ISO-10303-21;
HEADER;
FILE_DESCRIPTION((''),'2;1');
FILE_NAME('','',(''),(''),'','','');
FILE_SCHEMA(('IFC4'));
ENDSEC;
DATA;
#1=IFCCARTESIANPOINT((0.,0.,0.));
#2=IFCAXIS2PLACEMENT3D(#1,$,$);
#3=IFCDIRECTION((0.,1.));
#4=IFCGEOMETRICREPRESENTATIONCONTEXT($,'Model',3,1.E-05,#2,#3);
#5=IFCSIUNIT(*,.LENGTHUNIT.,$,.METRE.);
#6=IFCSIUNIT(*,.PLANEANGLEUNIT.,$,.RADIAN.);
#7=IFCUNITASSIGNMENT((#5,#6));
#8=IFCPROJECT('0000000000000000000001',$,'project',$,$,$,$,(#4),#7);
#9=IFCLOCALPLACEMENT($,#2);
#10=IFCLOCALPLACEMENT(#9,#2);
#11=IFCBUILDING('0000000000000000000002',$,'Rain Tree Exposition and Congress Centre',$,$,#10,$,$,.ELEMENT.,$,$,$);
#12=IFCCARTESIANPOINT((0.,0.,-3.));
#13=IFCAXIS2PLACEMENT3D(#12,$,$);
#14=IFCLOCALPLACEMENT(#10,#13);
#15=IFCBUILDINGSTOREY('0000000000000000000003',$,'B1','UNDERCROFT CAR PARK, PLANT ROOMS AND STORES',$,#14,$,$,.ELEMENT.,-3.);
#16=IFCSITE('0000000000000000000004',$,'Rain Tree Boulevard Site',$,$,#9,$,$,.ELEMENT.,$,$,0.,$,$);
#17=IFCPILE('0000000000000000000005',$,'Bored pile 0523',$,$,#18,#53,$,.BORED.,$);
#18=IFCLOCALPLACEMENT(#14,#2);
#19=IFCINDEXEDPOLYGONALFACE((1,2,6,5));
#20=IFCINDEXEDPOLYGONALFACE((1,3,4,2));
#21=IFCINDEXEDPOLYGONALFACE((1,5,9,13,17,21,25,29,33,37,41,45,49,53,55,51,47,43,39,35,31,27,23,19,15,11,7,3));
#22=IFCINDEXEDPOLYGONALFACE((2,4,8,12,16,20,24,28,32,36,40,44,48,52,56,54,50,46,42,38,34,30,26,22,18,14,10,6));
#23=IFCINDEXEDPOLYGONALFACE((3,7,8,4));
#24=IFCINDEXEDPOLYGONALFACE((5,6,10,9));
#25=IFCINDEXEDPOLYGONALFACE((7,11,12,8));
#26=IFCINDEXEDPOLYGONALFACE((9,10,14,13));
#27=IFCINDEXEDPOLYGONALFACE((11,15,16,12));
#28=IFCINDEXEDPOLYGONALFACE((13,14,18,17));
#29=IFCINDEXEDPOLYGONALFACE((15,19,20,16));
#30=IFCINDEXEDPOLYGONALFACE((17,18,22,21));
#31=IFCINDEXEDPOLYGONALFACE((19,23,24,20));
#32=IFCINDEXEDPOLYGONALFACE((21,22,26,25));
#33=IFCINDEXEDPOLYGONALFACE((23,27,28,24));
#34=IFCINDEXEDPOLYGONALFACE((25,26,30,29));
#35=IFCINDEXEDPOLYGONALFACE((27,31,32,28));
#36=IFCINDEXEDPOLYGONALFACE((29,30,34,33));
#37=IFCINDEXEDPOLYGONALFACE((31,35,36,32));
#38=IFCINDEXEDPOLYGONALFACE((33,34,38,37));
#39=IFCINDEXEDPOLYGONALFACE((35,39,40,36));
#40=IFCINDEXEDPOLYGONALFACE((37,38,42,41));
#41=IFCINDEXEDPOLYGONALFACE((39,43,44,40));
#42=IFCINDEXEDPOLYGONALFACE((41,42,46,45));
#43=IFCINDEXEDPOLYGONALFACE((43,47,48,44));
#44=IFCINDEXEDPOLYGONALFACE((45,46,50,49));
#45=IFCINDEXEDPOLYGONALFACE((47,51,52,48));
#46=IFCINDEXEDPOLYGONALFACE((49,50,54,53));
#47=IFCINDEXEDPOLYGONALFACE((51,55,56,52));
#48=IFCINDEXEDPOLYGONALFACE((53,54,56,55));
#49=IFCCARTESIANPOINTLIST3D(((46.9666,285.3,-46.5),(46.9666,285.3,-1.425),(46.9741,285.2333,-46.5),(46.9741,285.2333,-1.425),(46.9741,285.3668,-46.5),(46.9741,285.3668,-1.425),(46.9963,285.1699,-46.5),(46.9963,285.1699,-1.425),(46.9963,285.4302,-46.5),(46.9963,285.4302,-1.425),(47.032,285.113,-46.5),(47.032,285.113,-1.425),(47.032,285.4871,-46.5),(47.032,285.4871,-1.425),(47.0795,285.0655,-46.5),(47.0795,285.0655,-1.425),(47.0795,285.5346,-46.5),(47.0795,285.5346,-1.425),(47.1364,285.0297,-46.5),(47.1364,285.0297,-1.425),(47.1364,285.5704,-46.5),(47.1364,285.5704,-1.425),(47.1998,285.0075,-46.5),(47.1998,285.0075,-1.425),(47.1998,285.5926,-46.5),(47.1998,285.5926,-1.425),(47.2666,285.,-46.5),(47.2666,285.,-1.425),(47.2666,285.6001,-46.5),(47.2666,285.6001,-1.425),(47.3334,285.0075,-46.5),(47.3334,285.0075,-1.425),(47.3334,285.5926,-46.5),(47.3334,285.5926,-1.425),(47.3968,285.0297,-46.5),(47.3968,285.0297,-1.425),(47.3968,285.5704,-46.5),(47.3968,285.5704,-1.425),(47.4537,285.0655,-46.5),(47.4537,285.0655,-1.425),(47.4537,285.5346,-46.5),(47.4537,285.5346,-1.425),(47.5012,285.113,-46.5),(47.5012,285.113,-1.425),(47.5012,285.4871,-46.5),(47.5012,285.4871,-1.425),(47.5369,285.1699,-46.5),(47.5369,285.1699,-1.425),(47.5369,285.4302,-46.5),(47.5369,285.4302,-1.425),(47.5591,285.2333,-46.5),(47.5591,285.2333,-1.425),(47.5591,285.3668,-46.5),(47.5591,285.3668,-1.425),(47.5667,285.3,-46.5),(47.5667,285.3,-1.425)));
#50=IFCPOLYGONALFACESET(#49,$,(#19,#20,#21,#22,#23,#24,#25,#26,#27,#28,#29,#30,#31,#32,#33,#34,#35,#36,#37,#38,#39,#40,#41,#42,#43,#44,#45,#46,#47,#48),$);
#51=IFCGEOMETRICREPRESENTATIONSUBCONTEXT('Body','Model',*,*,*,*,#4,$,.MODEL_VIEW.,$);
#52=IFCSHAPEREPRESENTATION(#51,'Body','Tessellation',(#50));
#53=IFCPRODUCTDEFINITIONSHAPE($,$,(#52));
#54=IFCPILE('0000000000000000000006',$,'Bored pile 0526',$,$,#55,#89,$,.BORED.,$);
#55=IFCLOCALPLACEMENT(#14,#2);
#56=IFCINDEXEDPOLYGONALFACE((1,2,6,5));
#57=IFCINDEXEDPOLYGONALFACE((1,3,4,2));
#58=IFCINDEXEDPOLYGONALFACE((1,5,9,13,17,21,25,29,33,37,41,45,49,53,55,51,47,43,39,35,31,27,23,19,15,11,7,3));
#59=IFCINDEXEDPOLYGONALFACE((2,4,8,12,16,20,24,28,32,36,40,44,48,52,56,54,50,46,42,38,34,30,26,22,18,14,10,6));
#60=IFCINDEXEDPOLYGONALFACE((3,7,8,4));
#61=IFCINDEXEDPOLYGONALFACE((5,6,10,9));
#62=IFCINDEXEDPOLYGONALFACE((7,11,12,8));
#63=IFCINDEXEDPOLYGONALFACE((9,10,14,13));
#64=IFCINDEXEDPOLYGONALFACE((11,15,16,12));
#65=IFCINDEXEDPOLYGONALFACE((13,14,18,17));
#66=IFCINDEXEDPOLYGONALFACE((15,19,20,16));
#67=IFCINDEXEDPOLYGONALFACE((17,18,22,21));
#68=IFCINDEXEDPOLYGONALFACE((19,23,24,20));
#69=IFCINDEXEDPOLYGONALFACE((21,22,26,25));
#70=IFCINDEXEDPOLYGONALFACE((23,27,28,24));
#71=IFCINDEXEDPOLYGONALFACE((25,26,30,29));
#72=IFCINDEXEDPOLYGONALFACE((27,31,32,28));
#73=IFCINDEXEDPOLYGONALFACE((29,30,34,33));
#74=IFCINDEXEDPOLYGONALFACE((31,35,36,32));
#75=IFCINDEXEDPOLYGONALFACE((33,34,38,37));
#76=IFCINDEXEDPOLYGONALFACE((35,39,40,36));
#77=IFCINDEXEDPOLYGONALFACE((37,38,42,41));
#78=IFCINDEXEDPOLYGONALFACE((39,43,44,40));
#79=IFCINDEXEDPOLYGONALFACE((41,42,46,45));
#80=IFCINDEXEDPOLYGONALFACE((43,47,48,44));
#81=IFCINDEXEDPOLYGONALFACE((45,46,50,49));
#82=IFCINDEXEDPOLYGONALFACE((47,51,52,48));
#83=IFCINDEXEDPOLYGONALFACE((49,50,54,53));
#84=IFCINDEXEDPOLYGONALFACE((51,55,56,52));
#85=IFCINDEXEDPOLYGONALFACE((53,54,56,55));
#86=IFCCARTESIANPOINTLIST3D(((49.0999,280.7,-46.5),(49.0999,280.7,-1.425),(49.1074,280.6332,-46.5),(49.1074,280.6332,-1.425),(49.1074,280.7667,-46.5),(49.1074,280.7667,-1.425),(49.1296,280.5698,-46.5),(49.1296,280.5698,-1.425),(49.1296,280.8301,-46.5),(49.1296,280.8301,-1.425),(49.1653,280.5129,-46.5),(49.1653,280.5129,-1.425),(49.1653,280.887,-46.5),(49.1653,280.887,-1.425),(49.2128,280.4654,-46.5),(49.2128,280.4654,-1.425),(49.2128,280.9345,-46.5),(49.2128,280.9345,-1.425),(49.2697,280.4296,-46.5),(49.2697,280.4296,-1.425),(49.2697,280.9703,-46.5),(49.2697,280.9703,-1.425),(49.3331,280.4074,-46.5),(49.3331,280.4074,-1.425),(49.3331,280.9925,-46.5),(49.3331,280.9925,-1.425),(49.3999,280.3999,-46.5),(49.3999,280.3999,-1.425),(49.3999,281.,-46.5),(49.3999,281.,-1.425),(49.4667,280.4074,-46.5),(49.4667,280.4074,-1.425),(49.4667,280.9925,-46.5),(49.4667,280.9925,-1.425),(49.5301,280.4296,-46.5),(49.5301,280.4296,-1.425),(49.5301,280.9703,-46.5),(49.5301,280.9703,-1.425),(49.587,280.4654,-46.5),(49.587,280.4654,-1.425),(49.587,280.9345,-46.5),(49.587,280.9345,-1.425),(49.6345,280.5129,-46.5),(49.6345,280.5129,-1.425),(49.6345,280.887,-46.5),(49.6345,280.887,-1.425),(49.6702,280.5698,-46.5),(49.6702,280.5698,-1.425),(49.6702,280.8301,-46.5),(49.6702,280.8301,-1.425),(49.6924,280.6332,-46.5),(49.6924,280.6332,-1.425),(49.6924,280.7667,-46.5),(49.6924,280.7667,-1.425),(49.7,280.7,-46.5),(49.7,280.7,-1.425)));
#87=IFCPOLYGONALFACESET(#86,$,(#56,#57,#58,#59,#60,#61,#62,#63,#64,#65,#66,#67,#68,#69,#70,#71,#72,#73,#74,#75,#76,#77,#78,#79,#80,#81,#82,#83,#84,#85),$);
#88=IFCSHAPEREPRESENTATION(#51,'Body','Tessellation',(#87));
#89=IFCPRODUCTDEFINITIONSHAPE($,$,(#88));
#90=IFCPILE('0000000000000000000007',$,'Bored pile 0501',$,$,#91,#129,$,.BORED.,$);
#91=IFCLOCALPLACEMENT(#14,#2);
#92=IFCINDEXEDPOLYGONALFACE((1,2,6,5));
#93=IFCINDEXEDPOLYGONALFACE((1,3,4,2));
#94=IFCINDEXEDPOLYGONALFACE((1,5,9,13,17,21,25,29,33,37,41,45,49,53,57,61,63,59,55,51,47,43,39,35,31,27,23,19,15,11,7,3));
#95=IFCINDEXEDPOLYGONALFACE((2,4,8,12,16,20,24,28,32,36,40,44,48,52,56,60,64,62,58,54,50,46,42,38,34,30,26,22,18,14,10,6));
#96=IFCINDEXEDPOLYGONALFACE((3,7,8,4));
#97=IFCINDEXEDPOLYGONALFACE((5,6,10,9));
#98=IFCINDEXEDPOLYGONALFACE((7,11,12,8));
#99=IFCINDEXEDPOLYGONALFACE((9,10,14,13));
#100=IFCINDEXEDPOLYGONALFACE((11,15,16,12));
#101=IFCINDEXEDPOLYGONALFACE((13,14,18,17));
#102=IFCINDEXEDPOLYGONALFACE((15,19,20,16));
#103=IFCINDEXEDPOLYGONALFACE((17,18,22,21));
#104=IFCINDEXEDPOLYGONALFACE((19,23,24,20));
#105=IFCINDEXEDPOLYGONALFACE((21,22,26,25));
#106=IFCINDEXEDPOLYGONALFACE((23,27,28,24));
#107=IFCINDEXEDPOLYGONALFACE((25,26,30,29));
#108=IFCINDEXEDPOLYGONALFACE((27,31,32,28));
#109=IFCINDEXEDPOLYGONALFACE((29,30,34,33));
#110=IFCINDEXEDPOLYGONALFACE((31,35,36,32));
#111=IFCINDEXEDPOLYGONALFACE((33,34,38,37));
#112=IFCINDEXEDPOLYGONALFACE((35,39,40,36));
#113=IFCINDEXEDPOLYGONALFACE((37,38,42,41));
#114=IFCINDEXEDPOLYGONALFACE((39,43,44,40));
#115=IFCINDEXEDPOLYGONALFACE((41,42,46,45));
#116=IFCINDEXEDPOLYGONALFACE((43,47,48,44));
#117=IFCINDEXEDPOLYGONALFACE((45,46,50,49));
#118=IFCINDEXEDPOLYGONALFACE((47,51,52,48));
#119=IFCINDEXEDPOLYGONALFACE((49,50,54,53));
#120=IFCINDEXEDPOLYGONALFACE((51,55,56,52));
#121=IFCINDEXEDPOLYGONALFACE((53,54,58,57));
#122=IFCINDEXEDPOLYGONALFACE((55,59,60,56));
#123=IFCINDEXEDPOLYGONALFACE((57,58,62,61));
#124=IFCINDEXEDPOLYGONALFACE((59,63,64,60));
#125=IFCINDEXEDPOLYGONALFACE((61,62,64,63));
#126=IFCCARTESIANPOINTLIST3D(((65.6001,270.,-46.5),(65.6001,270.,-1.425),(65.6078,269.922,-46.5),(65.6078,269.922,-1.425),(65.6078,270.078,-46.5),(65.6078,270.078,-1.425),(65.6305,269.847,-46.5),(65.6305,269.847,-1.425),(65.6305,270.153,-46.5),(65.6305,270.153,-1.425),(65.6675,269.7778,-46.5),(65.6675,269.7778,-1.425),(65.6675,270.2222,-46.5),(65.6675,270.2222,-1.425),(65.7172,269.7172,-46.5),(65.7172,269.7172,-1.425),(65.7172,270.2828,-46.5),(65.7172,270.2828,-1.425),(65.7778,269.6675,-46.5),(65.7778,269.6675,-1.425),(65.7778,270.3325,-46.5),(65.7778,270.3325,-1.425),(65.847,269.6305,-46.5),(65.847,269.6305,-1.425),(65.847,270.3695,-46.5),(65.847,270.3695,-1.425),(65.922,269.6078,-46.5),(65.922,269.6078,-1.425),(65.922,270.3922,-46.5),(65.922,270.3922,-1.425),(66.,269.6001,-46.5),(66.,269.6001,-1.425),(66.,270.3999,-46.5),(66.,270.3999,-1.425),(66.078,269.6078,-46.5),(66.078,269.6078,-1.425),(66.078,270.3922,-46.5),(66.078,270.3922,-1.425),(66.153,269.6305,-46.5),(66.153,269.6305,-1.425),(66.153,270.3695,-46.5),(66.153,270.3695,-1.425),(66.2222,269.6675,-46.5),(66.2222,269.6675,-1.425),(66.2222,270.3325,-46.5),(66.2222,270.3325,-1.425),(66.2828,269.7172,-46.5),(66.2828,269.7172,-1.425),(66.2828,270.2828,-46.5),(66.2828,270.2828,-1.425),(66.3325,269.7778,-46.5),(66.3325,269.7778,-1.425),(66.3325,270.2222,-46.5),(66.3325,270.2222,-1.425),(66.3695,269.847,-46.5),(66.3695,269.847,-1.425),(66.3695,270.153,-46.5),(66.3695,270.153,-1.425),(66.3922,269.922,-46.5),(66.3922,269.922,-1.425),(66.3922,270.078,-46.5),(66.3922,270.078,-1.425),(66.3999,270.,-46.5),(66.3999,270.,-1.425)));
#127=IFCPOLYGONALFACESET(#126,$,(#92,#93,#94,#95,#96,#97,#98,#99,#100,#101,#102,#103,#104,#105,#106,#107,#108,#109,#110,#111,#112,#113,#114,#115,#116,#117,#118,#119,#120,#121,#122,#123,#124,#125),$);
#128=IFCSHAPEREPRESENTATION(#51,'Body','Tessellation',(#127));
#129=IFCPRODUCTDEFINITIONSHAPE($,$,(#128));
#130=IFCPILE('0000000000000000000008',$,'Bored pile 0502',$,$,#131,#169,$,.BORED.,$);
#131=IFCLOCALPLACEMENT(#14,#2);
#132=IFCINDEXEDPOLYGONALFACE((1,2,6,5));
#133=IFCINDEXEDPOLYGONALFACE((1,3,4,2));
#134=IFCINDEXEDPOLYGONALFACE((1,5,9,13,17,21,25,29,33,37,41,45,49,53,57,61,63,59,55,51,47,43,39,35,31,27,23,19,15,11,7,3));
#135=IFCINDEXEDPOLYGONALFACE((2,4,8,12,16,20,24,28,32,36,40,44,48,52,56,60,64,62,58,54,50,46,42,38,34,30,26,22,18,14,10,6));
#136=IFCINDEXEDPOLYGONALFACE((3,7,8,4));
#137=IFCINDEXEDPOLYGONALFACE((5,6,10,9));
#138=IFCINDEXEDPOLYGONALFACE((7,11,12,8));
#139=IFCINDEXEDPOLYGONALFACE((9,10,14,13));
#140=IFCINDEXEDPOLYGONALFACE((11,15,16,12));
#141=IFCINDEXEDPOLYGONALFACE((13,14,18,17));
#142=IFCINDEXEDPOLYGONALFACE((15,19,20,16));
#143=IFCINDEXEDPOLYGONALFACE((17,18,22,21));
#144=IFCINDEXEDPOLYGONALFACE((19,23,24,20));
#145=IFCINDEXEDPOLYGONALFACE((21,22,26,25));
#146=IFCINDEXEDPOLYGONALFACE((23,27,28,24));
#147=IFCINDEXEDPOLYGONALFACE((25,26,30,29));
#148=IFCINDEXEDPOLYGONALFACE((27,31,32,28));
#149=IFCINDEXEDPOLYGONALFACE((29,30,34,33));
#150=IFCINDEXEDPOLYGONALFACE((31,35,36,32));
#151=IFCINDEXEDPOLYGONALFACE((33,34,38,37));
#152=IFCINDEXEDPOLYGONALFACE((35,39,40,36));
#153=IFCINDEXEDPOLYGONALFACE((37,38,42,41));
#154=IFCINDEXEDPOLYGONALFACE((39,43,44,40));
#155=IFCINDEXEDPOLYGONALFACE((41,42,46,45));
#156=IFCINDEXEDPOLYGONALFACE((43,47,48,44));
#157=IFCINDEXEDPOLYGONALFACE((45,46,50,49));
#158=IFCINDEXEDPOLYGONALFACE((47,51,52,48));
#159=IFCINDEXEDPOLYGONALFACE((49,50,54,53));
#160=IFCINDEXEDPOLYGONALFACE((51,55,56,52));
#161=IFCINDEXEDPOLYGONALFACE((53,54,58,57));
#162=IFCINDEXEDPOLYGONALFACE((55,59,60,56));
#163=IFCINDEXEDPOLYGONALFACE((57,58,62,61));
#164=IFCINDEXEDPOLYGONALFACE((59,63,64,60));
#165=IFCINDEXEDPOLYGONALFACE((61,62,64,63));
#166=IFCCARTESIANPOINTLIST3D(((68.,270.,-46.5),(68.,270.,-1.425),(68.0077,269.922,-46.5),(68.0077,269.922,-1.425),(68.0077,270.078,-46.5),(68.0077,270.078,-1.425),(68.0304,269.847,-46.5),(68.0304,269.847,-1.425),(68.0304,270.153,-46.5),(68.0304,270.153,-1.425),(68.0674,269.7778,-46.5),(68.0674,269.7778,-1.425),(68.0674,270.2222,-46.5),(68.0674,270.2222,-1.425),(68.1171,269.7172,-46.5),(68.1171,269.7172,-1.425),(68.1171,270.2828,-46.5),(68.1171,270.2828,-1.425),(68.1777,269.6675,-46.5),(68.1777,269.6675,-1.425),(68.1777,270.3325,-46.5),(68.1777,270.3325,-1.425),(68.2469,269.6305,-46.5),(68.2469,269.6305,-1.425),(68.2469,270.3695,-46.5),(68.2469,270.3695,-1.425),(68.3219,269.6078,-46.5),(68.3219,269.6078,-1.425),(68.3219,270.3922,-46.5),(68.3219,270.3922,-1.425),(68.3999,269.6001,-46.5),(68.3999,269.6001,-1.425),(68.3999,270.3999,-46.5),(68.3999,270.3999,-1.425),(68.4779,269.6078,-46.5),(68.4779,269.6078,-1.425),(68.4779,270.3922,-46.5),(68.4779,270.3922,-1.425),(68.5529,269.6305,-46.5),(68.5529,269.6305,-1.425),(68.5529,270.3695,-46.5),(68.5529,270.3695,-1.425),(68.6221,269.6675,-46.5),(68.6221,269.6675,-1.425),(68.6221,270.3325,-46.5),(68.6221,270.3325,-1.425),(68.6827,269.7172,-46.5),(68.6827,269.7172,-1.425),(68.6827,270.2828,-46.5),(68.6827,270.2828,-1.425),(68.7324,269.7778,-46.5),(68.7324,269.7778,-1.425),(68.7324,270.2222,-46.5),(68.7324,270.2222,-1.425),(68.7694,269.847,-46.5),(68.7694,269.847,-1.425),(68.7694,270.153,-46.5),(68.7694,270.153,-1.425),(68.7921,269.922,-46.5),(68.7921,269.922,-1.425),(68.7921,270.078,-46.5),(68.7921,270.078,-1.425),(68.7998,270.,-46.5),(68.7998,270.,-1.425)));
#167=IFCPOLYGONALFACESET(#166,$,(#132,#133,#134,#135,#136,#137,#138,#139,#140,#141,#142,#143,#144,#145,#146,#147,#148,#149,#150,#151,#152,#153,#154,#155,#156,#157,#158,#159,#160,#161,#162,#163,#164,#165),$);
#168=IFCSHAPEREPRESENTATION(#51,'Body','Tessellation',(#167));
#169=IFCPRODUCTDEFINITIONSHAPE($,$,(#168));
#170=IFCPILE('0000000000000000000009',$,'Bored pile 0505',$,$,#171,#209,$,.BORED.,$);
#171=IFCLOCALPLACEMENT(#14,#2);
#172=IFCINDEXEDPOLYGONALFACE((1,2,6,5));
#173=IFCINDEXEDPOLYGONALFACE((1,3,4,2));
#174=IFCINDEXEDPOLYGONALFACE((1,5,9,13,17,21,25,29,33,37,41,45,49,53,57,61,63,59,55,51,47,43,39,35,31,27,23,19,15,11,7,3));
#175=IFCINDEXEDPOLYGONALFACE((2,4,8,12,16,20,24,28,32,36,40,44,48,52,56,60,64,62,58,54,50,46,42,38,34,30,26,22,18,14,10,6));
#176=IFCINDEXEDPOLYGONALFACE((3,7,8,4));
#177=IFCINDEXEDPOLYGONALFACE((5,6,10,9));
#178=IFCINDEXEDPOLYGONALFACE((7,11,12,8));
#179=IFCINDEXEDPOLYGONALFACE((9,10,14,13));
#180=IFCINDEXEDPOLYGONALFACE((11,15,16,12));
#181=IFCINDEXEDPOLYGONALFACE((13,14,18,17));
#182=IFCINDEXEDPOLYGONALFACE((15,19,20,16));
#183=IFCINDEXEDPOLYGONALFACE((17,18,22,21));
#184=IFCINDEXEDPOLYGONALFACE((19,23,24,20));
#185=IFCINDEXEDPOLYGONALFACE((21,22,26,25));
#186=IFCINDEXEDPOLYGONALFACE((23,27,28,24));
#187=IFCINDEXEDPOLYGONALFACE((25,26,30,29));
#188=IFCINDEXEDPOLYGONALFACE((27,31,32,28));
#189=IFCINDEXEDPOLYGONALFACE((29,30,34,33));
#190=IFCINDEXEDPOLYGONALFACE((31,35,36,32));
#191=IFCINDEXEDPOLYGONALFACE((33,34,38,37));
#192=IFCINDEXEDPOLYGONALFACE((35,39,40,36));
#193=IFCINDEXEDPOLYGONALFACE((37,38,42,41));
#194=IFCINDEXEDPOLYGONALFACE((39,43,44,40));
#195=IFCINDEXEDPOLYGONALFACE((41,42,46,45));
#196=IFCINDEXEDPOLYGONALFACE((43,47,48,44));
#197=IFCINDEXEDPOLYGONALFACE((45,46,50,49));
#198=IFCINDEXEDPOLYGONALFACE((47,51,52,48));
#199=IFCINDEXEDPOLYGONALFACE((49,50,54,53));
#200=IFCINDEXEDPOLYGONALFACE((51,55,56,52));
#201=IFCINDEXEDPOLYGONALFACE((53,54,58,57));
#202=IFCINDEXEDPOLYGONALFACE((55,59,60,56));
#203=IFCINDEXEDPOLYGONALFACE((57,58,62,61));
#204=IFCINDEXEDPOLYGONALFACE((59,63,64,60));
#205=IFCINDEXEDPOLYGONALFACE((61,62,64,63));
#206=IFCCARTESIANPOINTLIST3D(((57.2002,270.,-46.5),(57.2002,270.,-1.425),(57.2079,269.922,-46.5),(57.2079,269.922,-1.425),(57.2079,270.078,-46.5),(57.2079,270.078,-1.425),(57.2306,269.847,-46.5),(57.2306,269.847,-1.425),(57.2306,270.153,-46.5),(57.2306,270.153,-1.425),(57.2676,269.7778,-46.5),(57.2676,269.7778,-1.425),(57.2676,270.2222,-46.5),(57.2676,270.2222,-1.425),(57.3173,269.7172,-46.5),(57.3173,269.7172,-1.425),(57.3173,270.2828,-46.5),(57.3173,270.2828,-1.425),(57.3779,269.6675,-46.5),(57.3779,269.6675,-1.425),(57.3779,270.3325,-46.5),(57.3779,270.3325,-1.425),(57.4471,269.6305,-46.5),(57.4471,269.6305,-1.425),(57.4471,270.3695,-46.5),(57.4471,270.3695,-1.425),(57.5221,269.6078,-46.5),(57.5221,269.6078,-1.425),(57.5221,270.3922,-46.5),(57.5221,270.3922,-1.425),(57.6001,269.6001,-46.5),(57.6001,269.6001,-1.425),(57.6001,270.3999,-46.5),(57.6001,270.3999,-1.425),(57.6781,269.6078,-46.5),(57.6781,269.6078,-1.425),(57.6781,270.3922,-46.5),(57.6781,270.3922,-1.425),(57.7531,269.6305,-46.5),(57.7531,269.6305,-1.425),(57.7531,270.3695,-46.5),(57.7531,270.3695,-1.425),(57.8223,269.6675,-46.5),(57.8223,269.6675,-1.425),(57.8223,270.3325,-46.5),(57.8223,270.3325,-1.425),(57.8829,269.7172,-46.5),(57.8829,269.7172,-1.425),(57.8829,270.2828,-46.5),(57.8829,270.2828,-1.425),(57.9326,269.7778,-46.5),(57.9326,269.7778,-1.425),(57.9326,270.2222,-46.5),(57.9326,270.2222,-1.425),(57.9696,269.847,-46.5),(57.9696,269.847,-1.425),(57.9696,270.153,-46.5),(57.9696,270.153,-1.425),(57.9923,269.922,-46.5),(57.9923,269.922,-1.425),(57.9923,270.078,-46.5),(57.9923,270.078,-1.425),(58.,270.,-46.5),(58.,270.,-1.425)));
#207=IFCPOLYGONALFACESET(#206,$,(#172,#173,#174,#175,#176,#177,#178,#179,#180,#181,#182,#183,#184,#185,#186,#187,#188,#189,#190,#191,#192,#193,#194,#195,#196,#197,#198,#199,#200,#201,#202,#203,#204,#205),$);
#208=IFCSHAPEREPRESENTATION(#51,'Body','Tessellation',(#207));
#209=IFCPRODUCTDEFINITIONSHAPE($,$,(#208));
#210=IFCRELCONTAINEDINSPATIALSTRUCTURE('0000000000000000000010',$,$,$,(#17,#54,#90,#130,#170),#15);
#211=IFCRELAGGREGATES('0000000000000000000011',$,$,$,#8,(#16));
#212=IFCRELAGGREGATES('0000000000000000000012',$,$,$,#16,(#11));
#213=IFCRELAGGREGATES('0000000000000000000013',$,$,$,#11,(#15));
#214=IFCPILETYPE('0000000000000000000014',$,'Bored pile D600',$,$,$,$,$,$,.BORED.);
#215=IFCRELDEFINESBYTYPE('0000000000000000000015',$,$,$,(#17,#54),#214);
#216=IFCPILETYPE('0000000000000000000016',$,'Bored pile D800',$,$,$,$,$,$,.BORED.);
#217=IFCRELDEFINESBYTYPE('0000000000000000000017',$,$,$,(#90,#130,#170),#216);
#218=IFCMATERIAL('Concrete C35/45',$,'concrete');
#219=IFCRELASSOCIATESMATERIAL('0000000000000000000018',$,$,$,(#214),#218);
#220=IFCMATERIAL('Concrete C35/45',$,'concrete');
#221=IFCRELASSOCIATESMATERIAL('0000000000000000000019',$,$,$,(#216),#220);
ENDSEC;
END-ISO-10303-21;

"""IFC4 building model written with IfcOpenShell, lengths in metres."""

from ifc_helpers import new_model, si_unit, direction, frame, origin, origin_2d, place, context, subcontext, project, spatial, circle, extrude, material, material_profile, profile_set, type_object, element, save


model = new_model("IFC4")

# Units and contexts
model_context = context("Model", 3, precision=1e-05, world=origin(), true_north=direction((0.0, 1.0)))
body_context = subcontext(model_context, "Body", "Model", "MODEL_VIEW")
ifc_project = project(units=[si_unit("LENGTHUNIT", "METRE"), si_unit("PLANEANGLEUNIT", "RADIAN")], contexts=[model_context])

# Site, building, storey
site_placement = place(None, origin())
site = spatial("IfcSite", under=ifc_project, at=site_placement, Name="Rain Tree Boulevard Site", CompositionType="ELEMENT", RefElevation=0.0)
building_placement = place(site_placement, origin())
building = spatial("IfcBuilding", under=site, at=building_placement, Name="Rain Tree Exposition and Congress Centre", CompositionType="ELEMENT")
storey_placement = place(building_placement, frame((0.0, 0.0, -3.0)))
storey = spatial("IfcBuildingStorey", under=building, at=storey_placement, Name="B1", Description="UNDERCROFT CAR PARK, PLANT ROOMS AND STORES", CompositionType="ELEMENT", Elevation=-3.0)

# Piles
ifc_material_1 = material(Name="Concrete C35/45", Category="concrete")
ifc_material_profile_1 = material_profile(ifc_material_1, circle(Radius=0.3, at=origin_2d()), Name="D600")
ifc_profile_set_1 = profile_set([ifc_material_profile_1], Name="Concrete C35/45")
pile_type_1 = type_object("IfcPileType", Name="Bored pile D600", PredefinedType="BORED", material=ifc_profile_set_1)
for number, where, z_axis, x_axis, name in (
    (1, (47.2666, 285.3, -1.425), (0.0, 0.0, -1.0), (1.0, 0.0, 0.0), "Bored pile 0523"),
    (2, (49.3999, 280.7, -1.425), (0.0, 0.0, -1.0), (1.0, 0.0, 0.0), "Bored pile 0526"),
):
    element("IfcPile", number, at=place(storey_placement, frame(where, z_axis=z_axis, x_axis=x_axis)), inside=storey, type_object=pile_type_1, Name=name, PredefinedType="BORED", context=body_context, shape_type="SweptSolid", body=[
        extrude(circle(Radius=0.3, at=origin_2d()), origin(), (0.0, 0.0, 1.0), 45.075),
    ])
ifc_material_2 = material(Name="Concrete C35/45", Category="concrete")
ifc_material_profile_2 = material_profile(ifc_material_2, circle(Radius=0.3999, at=origin_2d()), Name="D800")
ifc_profile_set_2 = profile_set([ifc_material_profile_2], Name="Concrete C35/45")
pile_type_2 = type_object("IfcPileType", Name="Bored pile D800", PredefinedType="BORED", material=ifc_profile_set_2)
for number, where, z_axis, x_axis, name in (
    (3, (66.0, 270.0, -1.425), (0.0, 0.0, -1.0), (1.0, 0.0, 0.0), "Bored pile 0501"),
    (4, (68.3999, 270.0, -1.425), (0.0, 0.0, -1.0), (1.0, 0.0, 0.0), "Bored pile 0502"),
    (5, (57.6001, 270.0, -1.425), (0.0, 0.0, -1.0), (1.0, 0.0, 0.0), "Bored pile 0505"),
):
    element("IfcPile", number, at=place(storey_placement, frame(where, z_axis=z_axis, x_axis=x_axis)), inside=storey, type_object=pile_type_2, Name=name, PredefinedType="BORED", context=body_context, shape_type="SweptSolid", body=[
        extrude(circle(Radius=0.3999, at=origin_2d()), origin(), (0.0, 0.0, 1.0), 45.075),
    ])

save(model, "model.ifc")
